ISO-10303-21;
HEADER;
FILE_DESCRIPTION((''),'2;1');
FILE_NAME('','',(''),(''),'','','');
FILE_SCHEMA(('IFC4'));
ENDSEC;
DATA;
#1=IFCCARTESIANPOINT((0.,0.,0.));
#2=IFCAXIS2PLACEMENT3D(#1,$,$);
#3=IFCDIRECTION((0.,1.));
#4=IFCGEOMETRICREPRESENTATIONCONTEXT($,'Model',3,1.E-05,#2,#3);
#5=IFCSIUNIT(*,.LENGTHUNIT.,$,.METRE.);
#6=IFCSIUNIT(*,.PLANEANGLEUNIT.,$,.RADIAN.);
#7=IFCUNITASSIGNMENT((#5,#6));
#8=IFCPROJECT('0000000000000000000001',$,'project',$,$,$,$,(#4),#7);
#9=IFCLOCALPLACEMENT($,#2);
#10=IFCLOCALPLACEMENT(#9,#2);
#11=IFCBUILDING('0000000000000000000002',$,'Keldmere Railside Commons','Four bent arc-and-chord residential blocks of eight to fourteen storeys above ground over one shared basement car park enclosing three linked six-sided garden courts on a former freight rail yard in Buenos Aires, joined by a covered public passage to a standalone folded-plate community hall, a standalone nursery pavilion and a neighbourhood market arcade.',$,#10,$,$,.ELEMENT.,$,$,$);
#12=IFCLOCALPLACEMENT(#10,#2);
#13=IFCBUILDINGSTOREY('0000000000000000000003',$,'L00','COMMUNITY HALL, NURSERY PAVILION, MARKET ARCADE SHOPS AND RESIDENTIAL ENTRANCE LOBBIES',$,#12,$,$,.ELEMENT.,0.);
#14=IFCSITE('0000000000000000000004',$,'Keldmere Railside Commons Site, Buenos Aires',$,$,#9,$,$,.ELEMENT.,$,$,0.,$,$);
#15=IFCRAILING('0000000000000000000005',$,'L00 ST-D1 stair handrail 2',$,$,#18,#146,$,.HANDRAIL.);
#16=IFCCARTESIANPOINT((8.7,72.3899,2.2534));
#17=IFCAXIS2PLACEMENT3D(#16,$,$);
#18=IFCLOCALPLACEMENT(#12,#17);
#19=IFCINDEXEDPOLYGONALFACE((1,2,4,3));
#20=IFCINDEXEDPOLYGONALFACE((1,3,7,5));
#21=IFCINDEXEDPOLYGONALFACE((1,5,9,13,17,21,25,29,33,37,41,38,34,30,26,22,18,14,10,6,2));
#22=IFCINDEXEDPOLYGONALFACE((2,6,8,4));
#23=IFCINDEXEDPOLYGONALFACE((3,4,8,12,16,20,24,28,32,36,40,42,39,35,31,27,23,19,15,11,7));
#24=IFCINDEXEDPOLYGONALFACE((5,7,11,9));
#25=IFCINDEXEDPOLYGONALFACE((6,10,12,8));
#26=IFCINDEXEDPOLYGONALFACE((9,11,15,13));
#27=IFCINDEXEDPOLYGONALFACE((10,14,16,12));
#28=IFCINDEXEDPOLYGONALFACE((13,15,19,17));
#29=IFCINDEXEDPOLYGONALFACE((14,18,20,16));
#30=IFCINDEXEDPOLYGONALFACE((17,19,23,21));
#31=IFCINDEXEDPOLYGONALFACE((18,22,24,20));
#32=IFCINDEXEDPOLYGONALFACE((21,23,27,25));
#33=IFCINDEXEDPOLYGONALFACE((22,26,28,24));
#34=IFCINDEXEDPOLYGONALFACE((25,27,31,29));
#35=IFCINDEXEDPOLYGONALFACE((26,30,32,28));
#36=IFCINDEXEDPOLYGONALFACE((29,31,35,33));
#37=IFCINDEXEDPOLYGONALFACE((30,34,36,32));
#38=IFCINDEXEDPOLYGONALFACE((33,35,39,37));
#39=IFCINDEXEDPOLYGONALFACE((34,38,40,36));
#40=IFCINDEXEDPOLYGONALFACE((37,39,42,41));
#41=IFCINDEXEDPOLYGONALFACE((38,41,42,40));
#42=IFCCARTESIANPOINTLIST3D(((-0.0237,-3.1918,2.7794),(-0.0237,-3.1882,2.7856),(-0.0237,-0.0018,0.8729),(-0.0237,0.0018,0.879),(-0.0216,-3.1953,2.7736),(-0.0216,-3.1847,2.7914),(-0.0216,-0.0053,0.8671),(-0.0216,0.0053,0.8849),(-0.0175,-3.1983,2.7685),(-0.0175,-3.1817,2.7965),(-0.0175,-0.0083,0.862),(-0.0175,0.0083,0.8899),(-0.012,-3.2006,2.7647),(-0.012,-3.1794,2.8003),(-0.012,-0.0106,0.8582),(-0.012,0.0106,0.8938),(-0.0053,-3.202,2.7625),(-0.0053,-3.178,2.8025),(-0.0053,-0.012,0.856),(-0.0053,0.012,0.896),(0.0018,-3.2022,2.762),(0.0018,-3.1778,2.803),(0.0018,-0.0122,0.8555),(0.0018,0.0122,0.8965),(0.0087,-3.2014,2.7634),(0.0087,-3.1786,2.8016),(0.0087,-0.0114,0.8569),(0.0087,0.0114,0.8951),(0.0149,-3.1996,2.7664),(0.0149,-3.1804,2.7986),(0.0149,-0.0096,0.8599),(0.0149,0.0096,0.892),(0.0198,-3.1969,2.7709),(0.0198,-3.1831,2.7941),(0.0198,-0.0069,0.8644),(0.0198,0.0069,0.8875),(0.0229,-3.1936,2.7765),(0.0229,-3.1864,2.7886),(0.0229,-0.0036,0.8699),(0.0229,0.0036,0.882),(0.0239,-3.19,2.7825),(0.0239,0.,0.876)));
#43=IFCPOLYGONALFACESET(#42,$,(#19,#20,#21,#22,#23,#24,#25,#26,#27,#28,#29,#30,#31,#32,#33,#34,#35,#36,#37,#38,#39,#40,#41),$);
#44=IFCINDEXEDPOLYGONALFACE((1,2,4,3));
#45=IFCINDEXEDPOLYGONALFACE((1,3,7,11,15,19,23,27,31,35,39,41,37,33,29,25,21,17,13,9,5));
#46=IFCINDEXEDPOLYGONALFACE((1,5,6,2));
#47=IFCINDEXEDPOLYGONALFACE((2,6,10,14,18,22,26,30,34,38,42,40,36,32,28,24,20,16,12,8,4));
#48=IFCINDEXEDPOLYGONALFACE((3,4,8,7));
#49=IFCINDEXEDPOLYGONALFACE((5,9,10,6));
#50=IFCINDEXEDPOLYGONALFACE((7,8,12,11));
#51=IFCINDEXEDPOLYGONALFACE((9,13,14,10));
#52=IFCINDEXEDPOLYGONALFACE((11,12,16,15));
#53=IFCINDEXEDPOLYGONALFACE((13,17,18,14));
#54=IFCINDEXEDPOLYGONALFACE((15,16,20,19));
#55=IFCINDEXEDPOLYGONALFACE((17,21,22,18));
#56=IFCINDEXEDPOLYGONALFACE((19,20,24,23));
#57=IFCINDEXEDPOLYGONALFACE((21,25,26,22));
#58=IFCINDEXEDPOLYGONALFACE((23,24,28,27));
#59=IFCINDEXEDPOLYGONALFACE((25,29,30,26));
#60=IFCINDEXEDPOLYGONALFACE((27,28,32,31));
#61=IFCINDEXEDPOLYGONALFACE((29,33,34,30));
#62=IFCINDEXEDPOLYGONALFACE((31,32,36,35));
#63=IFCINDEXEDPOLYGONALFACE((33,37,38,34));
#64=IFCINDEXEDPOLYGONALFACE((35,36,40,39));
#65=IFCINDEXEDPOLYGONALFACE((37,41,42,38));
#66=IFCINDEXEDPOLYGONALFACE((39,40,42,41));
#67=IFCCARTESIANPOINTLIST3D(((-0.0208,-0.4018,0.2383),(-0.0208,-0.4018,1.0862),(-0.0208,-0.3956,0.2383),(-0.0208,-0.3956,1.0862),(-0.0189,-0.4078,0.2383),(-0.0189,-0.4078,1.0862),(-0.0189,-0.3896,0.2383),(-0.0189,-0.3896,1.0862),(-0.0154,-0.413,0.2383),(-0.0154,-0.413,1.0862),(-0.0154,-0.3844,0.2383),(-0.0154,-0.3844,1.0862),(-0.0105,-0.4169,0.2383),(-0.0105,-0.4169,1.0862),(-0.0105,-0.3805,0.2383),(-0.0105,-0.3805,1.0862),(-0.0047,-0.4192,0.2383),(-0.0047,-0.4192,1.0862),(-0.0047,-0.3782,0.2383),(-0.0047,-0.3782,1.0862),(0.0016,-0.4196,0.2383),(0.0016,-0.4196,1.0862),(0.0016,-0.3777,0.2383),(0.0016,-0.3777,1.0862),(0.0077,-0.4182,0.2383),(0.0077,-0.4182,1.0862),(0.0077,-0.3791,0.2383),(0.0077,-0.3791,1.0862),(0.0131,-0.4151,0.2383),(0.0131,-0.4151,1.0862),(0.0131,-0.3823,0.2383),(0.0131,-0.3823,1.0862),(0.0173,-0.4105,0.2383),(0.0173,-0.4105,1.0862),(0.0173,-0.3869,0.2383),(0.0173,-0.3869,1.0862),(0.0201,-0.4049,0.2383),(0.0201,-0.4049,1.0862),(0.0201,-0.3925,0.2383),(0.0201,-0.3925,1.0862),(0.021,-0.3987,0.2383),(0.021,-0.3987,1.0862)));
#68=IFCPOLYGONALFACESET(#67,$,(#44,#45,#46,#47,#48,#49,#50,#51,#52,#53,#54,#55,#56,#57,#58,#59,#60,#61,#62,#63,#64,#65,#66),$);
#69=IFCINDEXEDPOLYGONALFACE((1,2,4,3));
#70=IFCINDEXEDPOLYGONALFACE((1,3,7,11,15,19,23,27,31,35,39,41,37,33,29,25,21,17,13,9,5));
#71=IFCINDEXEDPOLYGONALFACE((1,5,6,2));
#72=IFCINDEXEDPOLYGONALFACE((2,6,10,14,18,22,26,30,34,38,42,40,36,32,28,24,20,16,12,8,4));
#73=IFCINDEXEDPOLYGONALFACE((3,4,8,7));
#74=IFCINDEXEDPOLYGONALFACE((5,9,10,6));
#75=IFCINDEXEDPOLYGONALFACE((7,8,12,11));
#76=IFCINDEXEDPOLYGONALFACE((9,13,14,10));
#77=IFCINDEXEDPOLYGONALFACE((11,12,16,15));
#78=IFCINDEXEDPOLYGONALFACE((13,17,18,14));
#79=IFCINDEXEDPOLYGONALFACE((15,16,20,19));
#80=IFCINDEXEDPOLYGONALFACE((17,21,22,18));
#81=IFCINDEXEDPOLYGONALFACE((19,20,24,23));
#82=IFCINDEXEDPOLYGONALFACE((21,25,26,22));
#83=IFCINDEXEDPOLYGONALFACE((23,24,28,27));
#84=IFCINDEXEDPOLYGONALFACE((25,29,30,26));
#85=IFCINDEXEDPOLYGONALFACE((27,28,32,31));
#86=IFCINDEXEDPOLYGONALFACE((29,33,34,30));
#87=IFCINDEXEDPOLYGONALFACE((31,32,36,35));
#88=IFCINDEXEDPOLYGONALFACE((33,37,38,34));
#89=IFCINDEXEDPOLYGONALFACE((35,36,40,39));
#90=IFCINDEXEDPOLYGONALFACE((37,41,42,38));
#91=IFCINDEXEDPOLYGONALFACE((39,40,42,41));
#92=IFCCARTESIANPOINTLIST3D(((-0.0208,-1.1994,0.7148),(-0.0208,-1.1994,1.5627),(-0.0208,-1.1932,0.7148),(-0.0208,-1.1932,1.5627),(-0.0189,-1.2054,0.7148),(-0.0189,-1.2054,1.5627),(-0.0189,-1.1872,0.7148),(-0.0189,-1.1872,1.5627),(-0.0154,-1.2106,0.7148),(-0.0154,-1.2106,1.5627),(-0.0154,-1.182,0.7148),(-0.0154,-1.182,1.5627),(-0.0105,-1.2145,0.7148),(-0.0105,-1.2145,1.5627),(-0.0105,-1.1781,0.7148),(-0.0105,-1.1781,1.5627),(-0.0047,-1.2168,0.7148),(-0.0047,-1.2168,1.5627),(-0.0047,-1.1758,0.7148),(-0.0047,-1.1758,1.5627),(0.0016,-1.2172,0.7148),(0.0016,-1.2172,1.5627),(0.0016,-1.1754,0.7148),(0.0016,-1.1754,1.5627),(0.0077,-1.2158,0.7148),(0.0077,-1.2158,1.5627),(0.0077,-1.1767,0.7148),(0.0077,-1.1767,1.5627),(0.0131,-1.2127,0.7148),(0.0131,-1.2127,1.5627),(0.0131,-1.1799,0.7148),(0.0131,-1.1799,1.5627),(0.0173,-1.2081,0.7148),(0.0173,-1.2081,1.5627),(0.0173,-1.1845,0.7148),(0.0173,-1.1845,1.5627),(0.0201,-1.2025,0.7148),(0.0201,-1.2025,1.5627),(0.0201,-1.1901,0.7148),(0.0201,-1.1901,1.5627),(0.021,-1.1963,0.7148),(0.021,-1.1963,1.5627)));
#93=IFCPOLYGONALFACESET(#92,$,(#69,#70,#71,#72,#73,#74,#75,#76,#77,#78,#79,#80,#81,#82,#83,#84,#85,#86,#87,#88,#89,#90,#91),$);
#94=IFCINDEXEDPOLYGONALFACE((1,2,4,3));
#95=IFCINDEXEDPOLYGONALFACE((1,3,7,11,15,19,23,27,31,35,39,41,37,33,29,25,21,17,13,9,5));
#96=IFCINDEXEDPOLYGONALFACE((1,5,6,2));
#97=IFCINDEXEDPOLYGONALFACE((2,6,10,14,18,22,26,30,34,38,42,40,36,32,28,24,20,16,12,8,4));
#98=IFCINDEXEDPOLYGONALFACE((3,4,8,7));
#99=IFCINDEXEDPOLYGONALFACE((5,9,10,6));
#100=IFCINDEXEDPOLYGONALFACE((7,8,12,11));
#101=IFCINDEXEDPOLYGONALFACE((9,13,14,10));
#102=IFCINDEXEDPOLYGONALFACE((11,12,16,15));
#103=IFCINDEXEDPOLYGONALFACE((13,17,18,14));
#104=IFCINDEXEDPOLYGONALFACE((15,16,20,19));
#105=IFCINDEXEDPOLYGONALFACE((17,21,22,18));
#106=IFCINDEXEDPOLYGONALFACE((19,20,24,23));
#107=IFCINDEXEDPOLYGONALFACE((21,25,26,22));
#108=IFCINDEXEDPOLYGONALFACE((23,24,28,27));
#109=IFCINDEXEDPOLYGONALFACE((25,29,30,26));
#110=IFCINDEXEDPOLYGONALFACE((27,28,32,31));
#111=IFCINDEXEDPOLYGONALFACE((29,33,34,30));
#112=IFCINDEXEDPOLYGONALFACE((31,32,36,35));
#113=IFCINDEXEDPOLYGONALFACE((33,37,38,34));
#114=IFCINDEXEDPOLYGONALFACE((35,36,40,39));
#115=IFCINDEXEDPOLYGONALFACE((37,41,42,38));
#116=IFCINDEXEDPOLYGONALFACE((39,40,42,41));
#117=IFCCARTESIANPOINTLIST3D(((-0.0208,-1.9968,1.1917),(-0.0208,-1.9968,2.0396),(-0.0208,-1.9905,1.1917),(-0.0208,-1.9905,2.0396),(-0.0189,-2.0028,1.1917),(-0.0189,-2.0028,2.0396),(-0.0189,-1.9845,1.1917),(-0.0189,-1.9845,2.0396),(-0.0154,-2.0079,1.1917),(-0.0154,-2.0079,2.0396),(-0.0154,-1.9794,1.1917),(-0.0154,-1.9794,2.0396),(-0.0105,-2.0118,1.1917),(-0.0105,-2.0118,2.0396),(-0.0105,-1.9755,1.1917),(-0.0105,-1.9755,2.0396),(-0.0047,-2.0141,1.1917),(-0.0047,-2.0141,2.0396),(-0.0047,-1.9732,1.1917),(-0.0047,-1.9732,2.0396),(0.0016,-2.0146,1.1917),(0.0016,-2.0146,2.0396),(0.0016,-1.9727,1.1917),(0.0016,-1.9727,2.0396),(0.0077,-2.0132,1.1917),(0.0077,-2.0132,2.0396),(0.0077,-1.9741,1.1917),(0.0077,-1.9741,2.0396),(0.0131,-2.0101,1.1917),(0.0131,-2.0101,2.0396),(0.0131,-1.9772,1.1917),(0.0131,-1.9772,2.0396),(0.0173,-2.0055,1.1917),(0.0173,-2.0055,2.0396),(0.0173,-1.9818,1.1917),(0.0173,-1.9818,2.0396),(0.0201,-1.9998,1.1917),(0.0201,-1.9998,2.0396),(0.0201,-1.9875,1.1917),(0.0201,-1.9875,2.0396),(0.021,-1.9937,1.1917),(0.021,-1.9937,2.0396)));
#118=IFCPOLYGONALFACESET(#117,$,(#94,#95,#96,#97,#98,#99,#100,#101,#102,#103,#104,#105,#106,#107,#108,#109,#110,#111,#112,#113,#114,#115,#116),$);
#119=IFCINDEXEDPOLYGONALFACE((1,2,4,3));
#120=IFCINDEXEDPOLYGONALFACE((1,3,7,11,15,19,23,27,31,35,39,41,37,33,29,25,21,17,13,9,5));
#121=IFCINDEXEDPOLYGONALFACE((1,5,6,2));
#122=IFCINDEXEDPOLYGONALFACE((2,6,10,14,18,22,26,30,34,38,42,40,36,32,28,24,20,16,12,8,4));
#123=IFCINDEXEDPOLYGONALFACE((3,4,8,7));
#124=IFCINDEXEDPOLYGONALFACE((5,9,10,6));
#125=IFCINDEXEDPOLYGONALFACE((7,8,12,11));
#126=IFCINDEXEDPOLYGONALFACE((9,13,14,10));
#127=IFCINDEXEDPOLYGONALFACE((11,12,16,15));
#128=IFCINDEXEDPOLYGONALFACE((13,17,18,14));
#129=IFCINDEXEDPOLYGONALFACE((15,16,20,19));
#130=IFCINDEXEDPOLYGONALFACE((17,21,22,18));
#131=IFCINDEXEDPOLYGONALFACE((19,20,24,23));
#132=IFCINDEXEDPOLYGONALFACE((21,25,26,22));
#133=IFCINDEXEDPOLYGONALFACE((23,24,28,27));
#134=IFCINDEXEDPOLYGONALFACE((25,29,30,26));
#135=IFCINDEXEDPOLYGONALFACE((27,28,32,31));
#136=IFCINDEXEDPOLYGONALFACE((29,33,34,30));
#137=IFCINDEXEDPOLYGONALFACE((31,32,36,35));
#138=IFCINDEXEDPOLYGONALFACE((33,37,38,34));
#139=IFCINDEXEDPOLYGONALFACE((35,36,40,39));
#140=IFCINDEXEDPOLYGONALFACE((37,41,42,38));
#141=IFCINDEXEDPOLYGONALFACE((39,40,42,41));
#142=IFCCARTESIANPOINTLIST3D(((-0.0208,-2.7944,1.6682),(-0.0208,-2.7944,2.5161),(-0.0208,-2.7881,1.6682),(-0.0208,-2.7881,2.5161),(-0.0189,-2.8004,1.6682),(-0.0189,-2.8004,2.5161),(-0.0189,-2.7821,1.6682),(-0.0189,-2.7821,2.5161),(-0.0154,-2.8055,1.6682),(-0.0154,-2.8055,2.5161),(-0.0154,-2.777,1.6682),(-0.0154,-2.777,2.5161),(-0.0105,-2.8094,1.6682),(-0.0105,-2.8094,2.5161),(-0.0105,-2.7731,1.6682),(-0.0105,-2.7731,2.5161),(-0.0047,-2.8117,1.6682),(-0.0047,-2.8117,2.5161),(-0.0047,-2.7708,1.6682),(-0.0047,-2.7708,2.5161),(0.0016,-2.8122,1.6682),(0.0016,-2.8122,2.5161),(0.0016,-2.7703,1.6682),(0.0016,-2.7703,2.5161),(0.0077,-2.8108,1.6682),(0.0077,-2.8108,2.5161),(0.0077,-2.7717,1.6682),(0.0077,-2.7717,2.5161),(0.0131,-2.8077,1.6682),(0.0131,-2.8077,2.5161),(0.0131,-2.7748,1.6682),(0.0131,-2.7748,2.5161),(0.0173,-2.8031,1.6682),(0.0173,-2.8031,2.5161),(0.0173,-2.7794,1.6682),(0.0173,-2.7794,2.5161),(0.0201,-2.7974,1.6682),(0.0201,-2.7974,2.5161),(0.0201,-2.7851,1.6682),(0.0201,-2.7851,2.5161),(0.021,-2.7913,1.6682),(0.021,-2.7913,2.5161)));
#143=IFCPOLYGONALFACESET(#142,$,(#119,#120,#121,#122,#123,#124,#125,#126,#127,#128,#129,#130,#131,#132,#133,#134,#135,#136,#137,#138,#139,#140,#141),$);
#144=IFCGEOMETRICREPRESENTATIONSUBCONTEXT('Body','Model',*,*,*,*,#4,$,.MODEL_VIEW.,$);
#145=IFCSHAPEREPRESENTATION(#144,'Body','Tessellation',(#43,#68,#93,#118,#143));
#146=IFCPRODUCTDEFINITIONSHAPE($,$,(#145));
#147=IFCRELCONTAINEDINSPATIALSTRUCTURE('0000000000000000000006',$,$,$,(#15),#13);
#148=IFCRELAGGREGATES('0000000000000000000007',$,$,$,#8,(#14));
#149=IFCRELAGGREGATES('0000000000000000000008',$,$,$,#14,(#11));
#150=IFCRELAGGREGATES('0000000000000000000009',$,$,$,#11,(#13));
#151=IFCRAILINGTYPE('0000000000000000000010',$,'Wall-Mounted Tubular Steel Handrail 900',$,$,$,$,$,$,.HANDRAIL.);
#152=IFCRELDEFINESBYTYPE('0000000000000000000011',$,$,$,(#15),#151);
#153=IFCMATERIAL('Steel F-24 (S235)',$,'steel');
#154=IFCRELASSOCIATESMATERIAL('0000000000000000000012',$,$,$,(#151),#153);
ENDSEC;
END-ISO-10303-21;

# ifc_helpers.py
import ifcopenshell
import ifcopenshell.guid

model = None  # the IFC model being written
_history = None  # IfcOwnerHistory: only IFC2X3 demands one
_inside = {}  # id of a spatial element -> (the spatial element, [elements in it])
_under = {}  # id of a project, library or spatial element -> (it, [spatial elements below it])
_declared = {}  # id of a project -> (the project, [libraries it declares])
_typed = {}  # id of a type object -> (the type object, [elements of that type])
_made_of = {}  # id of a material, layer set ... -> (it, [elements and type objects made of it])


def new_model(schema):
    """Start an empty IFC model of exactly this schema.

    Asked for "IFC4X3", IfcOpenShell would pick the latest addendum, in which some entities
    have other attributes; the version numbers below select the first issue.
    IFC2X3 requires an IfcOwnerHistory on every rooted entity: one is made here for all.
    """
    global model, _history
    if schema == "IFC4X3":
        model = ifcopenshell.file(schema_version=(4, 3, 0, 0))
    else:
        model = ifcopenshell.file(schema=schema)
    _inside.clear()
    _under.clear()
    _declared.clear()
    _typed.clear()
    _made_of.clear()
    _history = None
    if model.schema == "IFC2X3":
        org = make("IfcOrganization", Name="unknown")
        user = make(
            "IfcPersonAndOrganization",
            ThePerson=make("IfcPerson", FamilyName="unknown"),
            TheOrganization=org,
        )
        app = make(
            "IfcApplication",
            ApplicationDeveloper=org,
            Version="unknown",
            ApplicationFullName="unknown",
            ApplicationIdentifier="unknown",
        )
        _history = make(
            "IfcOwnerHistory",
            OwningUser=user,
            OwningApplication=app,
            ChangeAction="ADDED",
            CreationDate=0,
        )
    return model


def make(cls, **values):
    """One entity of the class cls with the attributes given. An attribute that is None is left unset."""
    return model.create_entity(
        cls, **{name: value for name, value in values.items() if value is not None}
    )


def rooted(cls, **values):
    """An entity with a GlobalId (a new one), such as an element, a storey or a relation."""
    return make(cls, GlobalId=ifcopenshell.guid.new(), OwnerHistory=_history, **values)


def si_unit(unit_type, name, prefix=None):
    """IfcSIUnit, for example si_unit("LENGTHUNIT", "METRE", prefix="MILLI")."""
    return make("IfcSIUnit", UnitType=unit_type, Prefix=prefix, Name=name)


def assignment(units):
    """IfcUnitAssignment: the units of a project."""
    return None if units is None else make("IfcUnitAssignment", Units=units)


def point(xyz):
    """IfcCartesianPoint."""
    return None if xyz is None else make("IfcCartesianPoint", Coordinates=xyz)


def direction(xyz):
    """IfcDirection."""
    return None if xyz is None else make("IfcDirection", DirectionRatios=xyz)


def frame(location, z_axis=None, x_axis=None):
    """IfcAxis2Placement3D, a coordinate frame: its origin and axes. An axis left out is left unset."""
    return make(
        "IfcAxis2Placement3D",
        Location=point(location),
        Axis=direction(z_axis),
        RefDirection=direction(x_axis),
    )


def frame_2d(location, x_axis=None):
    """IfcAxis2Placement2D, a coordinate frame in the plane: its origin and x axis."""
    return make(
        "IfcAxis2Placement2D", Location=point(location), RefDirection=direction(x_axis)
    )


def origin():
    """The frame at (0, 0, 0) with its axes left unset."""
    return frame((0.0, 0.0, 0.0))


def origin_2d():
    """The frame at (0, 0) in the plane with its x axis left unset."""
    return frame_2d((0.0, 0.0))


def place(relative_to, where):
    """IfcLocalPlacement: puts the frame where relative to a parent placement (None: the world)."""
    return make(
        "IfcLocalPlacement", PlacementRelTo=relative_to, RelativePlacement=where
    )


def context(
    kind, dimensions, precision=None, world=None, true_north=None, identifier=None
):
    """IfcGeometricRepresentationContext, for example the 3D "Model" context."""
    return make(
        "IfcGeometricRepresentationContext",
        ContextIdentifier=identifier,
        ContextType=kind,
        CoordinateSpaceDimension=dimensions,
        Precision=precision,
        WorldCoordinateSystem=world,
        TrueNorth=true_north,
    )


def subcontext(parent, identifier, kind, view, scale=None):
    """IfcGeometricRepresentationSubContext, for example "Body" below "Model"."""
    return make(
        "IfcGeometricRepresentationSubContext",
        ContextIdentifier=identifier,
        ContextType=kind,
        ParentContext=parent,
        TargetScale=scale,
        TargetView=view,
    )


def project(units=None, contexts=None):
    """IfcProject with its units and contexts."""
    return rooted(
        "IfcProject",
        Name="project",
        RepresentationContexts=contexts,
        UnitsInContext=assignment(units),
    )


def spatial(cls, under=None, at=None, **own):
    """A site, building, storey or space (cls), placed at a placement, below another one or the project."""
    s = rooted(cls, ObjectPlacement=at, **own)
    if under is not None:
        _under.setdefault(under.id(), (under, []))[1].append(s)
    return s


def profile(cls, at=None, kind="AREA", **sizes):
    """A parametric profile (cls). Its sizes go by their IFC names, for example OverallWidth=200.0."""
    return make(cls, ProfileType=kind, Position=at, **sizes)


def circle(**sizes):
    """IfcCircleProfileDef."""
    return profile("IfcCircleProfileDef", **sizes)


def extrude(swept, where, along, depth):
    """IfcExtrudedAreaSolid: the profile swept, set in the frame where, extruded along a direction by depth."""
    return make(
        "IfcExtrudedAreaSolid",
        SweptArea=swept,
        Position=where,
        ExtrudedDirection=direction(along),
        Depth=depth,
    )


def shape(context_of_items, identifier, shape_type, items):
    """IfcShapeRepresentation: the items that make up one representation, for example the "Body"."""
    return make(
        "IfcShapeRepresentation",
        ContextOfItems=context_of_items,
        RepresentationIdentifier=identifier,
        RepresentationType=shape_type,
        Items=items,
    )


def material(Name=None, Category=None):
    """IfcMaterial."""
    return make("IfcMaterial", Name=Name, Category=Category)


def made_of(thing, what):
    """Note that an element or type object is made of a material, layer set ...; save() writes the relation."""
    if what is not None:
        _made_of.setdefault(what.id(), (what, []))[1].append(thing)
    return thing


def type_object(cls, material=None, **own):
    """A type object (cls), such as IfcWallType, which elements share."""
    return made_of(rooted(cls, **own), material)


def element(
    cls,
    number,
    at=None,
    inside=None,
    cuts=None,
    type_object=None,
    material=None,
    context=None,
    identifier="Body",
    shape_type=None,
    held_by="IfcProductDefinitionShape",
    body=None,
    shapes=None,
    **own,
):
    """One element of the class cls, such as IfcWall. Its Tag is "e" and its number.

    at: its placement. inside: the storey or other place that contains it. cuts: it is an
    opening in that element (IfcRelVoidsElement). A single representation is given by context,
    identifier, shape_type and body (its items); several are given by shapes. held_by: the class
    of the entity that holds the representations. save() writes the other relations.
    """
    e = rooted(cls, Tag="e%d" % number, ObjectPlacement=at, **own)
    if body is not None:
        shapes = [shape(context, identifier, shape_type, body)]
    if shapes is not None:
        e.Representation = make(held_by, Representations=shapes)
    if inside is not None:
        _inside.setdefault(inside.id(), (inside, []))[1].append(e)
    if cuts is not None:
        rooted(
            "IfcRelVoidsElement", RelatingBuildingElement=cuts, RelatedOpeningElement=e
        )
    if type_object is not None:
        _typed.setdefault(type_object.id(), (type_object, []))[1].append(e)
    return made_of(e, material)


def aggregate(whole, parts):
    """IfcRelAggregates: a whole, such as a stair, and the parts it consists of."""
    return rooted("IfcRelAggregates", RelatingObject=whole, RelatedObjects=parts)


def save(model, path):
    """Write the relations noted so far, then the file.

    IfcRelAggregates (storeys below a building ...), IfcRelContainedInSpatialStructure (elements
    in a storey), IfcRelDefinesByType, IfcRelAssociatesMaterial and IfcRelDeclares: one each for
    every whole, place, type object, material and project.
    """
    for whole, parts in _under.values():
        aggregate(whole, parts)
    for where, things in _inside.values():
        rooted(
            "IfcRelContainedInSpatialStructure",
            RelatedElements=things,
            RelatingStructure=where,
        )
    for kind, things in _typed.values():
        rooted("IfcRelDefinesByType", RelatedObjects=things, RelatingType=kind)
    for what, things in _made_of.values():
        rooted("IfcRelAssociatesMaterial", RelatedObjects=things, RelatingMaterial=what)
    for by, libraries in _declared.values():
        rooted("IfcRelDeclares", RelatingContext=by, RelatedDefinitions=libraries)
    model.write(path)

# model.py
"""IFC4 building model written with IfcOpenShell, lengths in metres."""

from ifc_helpers import new_model, si_unit, direction, frame, origin, origin_2d, place, context, subcontext, project, spatial, circle, extrude, material, type_object, element, save


model = new_model("IFC4")

# Units and contexts
model_context = context("Model", 3, precision=1e-05, world=origin(), true_north=direction((0.0, 1.0)))
body_context = subcontext(model_context, "Body", "Model", "MODEL_VIEW")
ifc_project = project(units=[si_unit("LENGTHUNIT", "METRE"), si_unit("PLANEANGLEUNIT", "RADIAN")], contexts=[model_context])

# Site, building, storey
site_placement = place(None, origin())
site = spatial("IfcSite", under=ifc_project, at=site_placement, Name="Keldmere Railside Commons Site, Buenos Aires", CompositionType="ELEMENT", RefElevation=0.0)
building_placement = place(site_placement, origin())
building = spatial("IfcBuilding", under=site, at=building_placement, Name="Keldmere Railside Commons", Description="Four bent arc-and-chord residential blocks of eight to fourteen storeys above ground over one shared basement car park enclosing three linked six-sided garden courts on a former freight rail yard in Buenos Aires, joined by a covered public passage to a standalone folded-plate community hall, a standalone nursery pavilion and a neighbourhood market arcade.", CompositionType="ELEMENT")
storey_placement = place(building_placement, origin())
storey = spatial("IfcBuildingStorey", under=building, at=storey_placement, Name="L00", Description="COMMUNITY HALL, NURSERY PAVILION, MARKET ARCADE SHOPS AND RESIDENTIAL ENTRANCE LOBBIES", CompositionType="ELEMENT", Elevation=0.0)

# Shared definitions
ifc_material_1 = material(Name="Steel F-24 (S235)", Category="steel")

# Railing
railing_type_1 = type_object("IfcRailingType", Name="Wall-Mounted Tubular Steel Handrail 900", PredefinedType="HANDRAIL", material=ifc_material_1)
railing_1_placement = place(storey_placement, frame((8.7, 72.3899, 2.2534)))
element("IfcRailing", 1, at=railing_1_placement, inside=storey, type_object=railing_type_1, Name="L00 ST-D1 stair handrail 2", PredefinedType="HANDRAIL", context=body_context, shape_type="SweptSolid", body=[
    extrude(circle(Radius=0.0239, at=origin_2d()), frame((0.0, 0.0, 0.876), z_axis=(0.0, -0.858379, 0.513017), x_axis=(1.0, 0.0, 0.0)), (0.0, 0.0, 1.0), 3.7163),
    extrude(circle(Radius=0.021, at=origin_2d()), frame((0.0, -0.3987, 0.2383)), (0.0, 0.0, 1.0), 0.8479),
    extrude(circle(Radius=0.021, at=origin_2d()), frame((0.0, -1.1963, 0.7148)), (0.0, 0.0, 1.0), 0.8479),
    extrude(circle(Radius=0.021, at=origin_2d()), frame((0.0, -1.9937, 1.1917)), (0.0, 0.0, 1.0), 0.8479),
    extrude(circle(Radius=0.021, at=origin_2d()), frame((0.0, -2.7913, 1.6682)), (0.0, 0.0, 1.0), 0.8479),
])

save(model, "model.ifc")
